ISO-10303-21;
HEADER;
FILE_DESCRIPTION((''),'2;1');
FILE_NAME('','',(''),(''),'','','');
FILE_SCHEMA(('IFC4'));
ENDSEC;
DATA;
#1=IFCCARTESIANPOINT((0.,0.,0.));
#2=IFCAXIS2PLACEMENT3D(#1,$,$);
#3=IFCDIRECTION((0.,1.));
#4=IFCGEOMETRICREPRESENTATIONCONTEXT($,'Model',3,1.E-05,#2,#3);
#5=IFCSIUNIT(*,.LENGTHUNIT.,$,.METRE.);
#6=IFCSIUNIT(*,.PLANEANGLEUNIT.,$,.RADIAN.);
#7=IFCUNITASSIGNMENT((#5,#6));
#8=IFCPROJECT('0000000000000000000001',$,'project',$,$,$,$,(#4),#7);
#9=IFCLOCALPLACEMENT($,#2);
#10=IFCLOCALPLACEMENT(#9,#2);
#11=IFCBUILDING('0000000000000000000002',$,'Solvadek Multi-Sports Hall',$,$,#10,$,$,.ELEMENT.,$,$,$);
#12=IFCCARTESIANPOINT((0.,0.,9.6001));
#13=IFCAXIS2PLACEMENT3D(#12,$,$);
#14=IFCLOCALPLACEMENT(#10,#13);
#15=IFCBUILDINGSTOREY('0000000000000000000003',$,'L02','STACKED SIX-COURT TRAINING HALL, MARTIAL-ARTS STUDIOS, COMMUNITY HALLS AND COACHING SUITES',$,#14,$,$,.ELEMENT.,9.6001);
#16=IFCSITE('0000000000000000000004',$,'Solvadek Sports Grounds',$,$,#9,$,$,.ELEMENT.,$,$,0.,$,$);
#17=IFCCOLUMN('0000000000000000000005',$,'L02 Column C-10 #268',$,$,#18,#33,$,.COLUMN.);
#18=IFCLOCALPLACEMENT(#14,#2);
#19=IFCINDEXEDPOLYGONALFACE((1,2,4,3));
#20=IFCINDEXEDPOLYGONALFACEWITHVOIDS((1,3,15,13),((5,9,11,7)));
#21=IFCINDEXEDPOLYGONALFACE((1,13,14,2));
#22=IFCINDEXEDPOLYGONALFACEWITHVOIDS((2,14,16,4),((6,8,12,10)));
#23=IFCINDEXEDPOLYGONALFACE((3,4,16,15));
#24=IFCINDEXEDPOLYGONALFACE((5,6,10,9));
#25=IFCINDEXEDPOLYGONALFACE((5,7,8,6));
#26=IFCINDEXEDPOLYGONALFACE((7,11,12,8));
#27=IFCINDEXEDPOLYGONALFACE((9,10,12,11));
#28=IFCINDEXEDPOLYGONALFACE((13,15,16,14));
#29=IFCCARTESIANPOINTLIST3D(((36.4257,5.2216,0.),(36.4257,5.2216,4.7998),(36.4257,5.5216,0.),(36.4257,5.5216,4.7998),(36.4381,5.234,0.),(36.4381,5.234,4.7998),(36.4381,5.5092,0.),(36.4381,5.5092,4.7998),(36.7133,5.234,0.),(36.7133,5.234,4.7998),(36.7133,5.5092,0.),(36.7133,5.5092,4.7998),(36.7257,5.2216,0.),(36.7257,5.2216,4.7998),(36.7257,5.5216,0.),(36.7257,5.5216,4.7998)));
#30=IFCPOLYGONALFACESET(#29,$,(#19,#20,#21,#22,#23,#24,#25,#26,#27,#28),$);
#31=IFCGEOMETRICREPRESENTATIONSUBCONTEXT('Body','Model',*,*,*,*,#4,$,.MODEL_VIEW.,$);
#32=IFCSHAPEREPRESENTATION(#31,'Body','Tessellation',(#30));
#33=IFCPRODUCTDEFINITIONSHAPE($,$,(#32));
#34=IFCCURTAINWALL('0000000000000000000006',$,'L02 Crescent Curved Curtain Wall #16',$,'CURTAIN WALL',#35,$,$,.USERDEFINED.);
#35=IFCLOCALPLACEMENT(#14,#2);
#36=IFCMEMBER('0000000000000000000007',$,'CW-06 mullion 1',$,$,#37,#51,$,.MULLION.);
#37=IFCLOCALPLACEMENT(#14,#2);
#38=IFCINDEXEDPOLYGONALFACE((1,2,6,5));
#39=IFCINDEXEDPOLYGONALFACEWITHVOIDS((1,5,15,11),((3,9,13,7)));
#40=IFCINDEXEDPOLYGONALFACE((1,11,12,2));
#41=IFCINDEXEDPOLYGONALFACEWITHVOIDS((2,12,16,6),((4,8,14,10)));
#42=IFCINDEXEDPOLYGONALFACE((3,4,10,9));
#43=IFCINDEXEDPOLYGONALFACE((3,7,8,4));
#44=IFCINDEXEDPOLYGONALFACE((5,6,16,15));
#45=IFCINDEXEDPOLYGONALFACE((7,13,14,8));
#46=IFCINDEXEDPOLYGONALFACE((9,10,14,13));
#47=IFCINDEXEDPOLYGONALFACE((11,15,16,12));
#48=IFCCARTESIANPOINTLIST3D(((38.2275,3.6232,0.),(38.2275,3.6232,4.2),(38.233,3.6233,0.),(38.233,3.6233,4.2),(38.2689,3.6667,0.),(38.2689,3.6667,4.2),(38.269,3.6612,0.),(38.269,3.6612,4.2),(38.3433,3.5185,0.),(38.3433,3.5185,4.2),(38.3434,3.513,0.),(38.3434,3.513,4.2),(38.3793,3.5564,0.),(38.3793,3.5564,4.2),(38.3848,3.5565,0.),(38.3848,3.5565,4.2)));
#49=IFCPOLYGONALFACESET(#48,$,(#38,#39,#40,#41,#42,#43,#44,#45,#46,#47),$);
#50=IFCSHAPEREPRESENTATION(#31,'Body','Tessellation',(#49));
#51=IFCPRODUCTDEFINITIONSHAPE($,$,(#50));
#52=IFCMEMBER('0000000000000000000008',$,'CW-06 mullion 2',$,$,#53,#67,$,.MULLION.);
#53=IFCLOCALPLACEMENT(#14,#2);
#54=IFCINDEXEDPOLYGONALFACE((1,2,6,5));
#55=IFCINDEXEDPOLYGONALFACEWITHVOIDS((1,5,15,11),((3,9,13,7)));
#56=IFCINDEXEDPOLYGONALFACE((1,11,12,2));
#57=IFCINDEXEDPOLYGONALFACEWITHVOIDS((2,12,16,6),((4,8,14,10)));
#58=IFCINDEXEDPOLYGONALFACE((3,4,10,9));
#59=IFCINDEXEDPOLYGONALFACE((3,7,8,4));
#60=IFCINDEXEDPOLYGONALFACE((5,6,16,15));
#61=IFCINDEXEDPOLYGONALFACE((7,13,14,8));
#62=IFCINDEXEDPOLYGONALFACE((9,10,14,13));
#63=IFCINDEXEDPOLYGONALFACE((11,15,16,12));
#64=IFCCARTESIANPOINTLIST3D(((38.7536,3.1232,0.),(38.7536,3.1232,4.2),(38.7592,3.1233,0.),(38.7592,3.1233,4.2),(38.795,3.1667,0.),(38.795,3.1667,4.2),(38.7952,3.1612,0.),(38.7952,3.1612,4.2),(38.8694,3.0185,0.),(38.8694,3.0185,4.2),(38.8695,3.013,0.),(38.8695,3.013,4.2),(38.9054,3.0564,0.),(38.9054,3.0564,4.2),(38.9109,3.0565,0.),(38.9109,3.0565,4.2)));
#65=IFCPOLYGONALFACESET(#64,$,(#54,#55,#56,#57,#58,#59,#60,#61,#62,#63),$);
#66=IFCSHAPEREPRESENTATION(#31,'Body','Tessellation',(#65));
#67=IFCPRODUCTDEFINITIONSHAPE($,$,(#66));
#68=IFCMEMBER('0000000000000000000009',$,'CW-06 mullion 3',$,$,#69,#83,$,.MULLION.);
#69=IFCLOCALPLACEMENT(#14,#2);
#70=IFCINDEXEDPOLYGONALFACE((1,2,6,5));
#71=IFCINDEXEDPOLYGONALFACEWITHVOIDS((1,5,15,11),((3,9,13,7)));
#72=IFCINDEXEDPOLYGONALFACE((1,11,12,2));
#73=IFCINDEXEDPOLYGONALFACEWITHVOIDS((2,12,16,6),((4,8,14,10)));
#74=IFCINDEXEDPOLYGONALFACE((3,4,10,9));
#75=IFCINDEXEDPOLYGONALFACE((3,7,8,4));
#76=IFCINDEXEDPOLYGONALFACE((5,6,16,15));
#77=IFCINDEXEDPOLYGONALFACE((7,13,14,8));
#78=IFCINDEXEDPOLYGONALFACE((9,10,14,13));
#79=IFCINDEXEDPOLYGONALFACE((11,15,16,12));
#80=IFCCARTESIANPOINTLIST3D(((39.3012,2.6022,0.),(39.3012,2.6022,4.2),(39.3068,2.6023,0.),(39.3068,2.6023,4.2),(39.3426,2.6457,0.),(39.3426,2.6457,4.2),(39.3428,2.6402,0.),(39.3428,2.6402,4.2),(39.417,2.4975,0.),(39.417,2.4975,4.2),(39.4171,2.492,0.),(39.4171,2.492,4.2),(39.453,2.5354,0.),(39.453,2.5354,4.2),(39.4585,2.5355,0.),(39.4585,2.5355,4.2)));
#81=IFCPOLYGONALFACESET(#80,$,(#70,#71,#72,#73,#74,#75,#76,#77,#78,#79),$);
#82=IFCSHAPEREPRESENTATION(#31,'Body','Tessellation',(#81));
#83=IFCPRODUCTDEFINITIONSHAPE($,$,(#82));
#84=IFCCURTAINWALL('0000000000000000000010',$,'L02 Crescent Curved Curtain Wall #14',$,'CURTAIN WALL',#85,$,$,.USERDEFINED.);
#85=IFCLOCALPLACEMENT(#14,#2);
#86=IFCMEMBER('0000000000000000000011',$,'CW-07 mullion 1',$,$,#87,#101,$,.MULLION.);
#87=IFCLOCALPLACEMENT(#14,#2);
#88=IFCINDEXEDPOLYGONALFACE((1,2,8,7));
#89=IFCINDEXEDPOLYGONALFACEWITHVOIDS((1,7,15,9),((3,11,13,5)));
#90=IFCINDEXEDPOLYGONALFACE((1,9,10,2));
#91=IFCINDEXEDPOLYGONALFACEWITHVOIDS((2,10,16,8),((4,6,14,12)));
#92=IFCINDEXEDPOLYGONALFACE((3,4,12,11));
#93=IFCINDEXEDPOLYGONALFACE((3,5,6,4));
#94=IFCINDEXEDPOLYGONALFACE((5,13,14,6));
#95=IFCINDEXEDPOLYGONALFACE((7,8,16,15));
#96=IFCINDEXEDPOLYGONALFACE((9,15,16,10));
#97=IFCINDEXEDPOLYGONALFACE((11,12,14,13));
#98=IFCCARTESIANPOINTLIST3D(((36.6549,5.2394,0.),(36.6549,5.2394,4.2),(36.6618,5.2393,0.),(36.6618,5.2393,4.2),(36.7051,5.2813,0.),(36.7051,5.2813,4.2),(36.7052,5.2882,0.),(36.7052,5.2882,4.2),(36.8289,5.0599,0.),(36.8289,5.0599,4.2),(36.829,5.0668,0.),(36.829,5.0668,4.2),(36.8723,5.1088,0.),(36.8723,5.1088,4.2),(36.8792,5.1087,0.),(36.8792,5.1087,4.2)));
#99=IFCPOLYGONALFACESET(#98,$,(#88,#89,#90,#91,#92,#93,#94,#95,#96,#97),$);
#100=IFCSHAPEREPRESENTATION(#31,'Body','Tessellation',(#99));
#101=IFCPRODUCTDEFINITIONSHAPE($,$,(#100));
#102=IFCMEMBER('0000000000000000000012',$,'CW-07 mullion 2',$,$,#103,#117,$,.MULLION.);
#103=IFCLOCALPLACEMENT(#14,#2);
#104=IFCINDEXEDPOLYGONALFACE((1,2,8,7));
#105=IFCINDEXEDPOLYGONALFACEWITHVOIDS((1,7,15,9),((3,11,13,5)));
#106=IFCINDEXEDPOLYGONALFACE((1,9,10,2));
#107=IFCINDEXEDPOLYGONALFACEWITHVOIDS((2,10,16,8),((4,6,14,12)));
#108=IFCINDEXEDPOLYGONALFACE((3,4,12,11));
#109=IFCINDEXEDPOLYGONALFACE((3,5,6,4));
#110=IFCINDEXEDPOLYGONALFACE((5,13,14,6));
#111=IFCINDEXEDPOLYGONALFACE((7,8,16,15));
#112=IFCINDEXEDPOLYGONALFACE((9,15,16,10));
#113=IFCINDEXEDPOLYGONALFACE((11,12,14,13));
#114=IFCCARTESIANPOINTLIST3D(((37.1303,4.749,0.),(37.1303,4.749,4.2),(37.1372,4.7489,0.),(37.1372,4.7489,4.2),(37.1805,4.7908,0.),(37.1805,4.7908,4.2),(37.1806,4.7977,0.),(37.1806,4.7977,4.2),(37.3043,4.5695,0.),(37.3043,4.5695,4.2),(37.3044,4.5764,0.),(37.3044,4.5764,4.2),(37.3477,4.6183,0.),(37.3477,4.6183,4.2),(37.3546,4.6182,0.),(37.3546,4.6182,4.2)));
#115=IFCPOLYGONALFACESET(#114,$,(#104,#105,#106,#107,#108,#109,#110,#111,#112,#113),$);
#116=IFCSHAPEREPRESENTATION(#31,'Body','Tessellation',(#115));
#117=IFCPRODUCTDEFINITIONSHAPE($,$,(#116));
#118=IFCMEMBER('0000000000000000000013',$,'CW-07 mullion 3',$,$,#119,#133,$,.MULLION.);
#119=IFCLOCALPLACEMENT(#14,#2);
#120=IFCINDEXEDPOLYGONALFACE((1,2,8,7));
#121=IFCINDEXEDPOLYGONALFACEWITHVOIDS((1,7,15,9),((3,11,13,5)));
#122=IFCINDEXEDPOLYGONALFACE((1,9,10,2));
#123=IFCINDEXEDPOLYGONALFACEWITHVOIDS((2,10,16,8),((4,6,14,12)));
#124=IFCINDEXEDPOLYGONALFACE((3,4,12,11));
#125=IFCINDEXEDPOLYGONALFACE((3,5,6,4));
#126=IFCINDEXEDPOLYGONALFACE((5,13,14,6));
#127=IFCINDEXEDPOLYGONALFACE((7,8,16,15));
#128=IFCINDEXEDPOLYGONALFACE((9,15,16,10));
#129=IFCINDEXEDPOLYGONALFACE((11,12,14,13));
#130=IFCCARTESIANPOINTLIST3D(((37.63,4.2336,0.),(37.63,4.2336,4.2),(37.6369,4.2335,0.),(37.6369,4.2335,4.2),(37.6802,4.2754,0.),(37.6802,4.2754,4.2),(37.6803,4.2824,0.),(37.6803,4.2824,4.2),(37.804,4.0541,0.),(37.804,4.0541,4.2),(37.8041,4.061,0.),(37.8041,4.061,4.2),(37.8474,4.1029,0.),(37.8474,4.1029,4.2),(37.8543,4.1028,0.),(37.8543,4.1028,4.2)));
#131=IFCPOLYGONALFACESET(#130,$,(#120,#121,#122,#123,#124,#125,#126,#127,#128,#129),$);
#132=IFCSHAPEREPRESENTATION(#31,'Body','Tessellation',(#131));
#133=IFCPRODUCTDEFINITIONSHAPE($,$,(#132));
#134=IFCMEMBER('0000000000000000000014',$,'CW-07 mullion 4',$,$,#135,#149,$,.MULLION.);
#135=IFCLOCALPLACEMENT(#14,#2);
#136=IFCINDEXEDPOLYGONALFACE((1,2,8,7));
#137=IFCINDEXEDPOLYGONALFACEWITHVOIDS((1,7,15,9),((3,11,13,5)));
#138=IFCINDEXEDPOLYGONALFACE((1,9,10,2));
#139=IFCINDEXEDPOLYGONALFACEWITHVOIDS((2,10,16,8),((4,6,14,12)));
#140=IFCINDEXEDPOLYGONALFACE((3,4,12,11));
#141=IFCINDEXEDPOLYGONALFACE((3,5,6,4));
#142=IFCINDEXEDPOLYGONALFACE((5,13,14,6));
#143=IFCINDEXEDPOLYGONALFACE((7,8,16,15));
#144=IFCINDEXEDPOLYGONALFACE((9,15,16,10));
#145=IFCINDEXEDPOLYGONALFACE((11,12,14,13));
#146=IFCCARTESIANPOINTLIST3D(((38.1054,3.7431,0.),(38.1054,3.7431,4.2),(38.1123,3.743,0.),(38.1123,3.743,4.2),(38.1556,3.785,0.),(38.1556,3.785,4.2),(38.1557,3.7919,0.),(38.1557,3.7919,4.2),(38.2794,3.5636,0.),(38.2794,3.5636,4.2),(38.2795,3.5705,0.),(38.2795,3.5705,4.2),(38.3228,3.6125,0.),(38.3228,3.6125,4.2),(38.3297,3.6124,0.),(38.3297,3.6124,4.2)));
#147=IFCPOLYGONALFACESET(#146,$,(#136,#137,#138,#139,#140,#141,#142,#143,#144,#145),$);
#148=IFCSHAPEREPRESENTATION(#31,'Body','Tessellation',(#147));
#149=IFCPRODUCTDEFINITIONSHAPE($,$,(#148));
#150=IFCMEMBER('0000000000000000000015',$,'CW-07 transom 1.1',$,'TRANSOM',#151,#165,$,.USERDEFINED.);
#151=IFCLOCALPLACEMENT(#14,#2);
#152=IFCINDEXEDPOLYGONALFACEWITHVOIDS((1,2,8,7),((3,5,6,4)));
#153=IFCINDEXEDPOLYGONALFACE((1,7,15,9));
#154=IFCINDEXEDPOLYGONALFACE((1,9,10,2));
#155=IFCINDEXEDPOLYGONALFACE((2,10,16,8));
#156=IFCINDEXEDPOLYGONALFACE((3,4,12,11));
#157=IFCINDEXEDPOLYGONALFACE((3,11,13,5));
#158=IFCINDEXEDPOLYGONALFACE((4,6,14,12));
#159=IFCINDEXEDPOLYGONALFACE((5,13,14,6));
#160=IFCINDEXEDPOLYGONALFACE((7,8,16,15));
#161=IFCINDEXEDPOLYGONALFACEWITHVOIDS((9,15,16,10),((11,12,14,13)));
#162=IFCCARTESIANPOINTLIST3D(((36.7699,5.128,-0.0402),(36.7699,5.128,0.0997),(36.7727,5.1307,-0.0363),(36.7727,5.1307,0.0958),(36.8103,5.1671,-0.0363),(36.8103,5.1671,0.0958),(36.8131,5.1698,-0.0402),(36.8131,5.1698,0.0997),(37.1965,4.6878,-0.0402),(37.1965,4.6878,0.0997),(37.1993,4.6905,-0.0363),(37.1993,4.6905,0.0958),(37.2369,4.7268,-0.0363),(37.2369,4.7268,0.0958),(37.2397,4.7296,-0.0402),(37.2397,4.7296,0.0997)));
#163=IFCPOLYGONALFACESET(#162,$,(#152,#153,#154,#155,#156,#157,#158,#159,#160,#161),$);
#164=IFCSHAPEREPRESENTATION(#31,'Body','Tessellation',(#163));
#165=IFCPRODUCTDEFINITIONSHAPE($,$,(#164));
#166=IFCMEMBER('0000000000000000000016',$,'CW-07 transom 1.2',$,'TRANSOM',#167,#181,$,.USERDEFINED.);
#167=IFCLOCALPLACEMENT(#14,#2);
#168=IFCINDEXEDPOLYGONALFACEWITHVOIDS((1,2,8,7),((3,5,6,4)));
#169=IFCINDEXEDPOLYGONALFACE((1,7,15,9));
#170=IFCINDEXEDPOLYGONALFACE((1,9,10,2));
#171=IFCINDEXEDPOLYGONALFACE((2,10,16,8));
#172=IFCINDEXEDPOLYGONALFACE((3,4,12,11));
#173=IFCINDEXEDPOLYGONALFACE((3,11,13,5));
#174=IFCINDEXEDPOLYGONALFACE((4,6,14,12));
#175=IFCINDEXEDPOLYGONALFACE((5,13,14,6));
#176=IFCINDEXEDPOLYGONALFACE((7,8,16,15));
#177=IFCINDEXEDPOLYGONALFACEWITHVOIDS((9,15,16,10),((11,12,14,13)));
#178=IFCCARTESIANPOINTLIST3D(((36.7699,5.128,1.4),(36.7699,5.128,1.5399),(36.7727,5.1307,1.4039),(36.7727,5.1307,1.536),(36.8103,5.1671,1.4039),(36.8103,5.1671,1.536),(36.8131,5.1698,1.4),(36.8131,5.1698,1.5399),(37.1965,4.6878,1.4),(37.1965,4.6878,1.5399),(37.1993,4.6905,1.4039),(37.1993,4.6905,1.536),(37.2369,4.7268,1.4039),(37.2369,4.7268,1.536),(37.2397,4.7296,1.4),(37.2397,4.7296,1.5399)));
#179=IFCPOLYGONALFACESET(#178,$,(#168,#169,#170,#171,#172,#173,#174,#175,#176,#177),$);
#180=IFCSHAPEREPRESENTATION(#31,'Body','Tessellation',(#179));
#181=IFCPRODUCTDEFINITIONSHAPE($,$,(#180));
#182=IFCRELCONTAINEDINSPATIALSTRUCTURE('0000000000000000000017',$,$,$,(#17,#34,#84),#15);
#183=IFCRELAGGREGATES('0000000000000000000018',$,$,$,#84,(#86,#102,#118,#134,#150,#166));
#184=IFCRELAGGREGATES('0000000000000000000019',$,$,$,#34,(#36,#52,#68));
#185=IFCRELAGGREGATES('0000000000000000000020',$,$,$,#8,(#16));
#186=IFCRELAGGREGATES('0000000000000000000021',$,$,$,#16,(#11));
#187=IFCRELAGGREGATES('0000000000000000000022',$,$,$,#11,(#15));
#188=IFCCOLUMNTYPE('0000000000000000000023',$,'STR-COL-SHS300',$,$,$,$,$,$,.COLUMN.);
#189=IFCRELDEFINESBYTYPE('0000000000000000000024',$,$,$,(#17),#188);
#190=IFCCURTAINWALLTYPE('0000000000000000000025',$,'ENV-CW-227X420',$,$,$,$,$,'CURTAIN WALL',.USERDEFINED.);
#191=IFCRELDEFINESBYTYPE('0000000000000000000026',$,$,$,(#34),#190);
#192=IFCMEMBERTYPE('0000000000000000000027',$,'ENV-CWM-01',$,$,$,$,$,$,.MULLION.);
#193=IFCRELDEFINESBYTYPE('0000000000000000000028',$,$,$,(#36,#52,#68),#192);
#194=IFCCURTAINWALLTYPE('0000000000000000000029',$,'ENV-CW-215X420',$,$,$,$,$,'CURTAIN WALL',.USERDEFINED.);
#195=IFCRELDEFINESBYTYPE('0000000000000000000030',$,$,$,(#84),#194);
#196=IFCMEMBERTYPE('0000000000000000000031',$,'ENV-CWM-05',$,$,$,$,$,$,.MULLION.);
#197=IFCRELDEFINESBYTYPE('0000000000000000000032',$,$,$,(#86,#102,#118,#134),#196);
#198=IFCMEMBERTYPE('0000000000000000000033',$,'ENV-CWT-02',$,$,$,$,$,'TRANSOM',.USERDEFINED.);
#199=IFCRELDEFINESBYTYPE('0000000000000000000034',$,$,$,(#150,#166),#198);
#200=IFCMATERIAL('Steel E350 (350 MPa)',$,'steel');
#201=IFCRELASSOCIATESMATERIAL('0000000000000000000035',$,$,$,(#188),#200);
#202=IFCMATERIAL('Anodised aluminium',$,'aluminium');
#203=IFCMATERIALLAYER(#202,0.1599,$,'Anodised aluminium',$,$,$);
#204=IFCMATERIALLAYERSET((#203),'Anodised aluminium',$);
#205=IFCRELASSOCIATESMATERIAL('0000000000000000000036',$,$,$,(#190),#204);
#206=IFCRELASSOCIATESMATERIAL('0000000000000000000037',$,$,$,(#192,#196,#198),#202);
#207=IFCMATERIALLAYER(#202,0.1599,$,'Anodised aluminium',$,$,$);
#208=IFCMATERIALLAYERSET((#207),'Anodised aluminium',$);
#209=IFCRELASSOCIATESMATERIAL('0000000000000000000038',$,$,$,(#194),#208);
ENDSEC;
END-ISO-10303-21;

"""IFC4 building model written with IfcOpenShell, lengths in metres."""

from ifc_helpers import new_model, si_unit, direction, frame, origin, origin_2d, place, context, subcontext, project, spatial, hollow_rectangle, extrude, material, layer, layer_set, material_profile, profile_set, type_object, element, aggregate, save


model = new_model("IFC4")

# Units and contexts
model_context = context("Model", 3, precision=1e-05, world=origin(), true_north=direction((0.0, 1.0)))
body_context = subcontext(model_context, "Body", "Model", "MODEL_VIEW")
ifc_project = project(units=[si_unit("LENGTHUNIT", "METRE"), si_unit("PLANEANGLEUNIT", "RADIAN")], contexts=[model_context])

# Site, building, storey
site_placement = place(None, origin())
site = spatial("IfcSite", under=ifc_project, at=site_placement, Name="Solvadek Sports Grounds", CompositionType="ELEMENT", RefElevation=0.0)
building_placement = place(site_placement, origin())
building = spatial("IfcBuilding", under=site, at=building_placement, Name="Solvadek Multi-Sports Hall", CompositionType="ELEMENT")
storey_placement = place(building_placement, frame((0.0, 0.0, 9.6001)))
storey = spatial("IfcBuildingStorey", under=building, at=storey_placement, Name="L02", Description="STACKED SIX-COURT TRAINING HALL, MARTIAL-ARTS STUDIOS, COMMUNITY HALLS AND COACHING SUITES", CompositionType="ELEMENT", Elevation=9.6001)

# Column
ifc_material_1 = material(Name="Steel E350 (350 MPa)", Category="steel")
ifc_material_profile_1 = material_profile(ifc_material_1, hollow_rectangle(XDim=0.3, YDim=0.3, WallThickness=0.0125, at=origin_2d()), Name="SHS 300x300x12.5")
ifc_profile_set_1 = profile_set([ifc_material_profile_1], Name="Steel E350 (350 MPa)")
column_type = type_object("IfcColumnType", Name="STR-COL-SHS300", PredefinedType="COLUMN", material=ifc_profile_set_1)
column_placement = place(storey_placement, frame((36.5757, 5.3716, 0.0), z_axis=(0.0, 0.0, 1.0), x_axis=(1.0, 0.0, 0.0)))
element("IfcColumn", 1, at=column_placement, inside=storey, type_object=column_type, Name="L02 Column C-10 #268", PredefinedType="COLUMN", context=body_context, shape_type="SweptSolid", body=[
    extrude(hollow_rectangle(XDim=0.3, YDim=0.3, WallThickness=0.0125, at=origin_2d()), origin(), (0.0, 0.0, 1.0), 4.7998),
])

# Curtain walls, members
ifc_material_2 = material(Name="Anodised aluminium", Category="aluminium")
ifc_layer_1 = layer(ifc_material_2, 0.1599, Name="Anodised aluminium")
ifc_layer_set_1 = layer_set([ifc_layer_1], Name="Anodised aluminium")
curtain_wall_type_1 = type_object("IfcCurtainWallType", Name="ENV-CW-227X420", ElementType="CURTAIN WALL", PredefinedType="USERDEFINED", material=ifc_layer_set_1)
curtain_wall_1_placement = place(storey_placement, origin())
curtain_wall_1 = element("IfcCurtainWall", 2, at=curtain_wall_1_placement, inside=storey, type_object=curtain_wall_type_1, Name="L02 Crescent Curved Curtain Wall #16", ObjectType="CURTAIN WALL", PredefinedType="USERDEFINED")
ifc_material_profile_2 = material_profile(ifc_material_2, hollow_rectangle(XDim=0.0601, YDim=0.1599, WallThickness=0.0039, at=origin_2d()), Name="ALU-M 160x60x4")
ifc_profile_set_2 = profile_set([ifc_material_profile_2], Name="Anodised aluminium")
member_type_1 = type_object("IfcMemberType", Name="ENV-CWM-01", PredefinedType="MULLION", material=ifc_profile_set_2)
member_1_placement = place(storey_placement, frame((38.3062, 3.5898, 0.0), z_axis=(0.0, 0.0, 1.0), x_axis=(0.688997, 0.724764, 0.0)))
member_1 = element("IfcMember", 3, at=member_1_placement, type_object=member_type_1, Name="CW-06 mullion 1", PredefinedType="MULLION", context=body_context, shape_type="SweptSolid", body=[
    extrude(hollow_rectangle(XDim=0.0601, YDim=0.1599, WallThickness=0.0039, at=origin_2d()), origin(), (0.0, 0.0, 1.0), 4.2),
])
member_2_placement = place(storey_placement, frame((38.8323, 3.0898, 0.0), z_axis=(0.0, 0.0, 1.0), x_axis=(0.688997, 0.724764, 0.0)))
member_2 = element("IfcMember", 4, at=member_2_placement, type_object=member_type_1, Name="CW-06 mullion 2", PredefinedType="MULLION", context=body_context, shape_type="SweptSolid", body=[
    extrude(hollow_rectangle(XDim=0.0601, YDim=0.1599, WallThickness=0.0039, at=origin_2d()), origin(), (0.0, 0.0, 1.0), 4.2),
])
member_3_placement = place(storey_placement, frame((39.3799, 2.5688, 0.0), z_axis=(0.0, 0.0, 1.0), x_axis=(0.688997, 0.724764, 0.0)))
member_3 = element("IfcMember", 5, at=member_3_placement, type_object=member_type_1, Name="CW-06 mullion 3", PredefinedType="MULLION", context=body_context, shape_type="SweptSolid", body=[
    extrude(hollow_rectangle(XDim=0.0601, YDim=0.1599, WallThickness=0.0039, at=origin_2d()), origin(), (0.0, 0.0, 1.0), 4.2),
])
ifc_layer_2 = layer(ifc_material_2, 0.1599, Name="Anodised aluminium")
ifc_layer_set_2 = layer_set([ifc_layer_2], Name="Anodised aluminium")
curtain_wall_type_2 = type_object("IfcCurtainWallType", Name="ENV-CW-215X420", ElementType="CURTAIN WALL", PredefinedType="USERDEFINED", material=ifc_layer_set_2)
curtain_wall_2_placement = place(storey_placement, origin())
curtain_wall_2 = element("IfcCurtainWall", 6, at=curtain_wall_2_placement, inside=storey, type_object=curtain_wall_type_2, Name="L02 Crescent Curved Curtain Wall #14", ObjectType="CURTAIN WALL", PredefinedType="USERDEFINED")
ifc_material_profile_3 = material_profile(ifc_material_2, hollow_rectangle(XDim=0.0701, YDim=0.25, WallThickness=0.0049, at=origin_2d()), Name="ALU-M 250x70x5")
ifc_profile_set_3 = profile_set([ifc_material_profile_3], Name="Anodised aluminium")
member_type_2 = type_object("IfcMemberType", Name="ENV-CWM-05", PredefinedType="MULLION", material=ifc_profile_set_3)
member_4_placement = place(storey_placement, frame((36.7671, 5.1741, 0.0), z_axis=(0.0, 0.0, 1.0), x_axis=(0.718048, 0.695994, 0.0)))
member_4 = element("IfcMember", 7, at=member_4_placement, type_object=member_type_2, Name="CW-07 mullion 1", PredefinedType="MULLION", context=body_context, shape_type="SweptSolid", body=[
    extrude(hollow_rectangle(XDim=0.0701, YDim=0.25, WallThickness=0.0049, at=origin_2d()), origin(), (0.0, 0.0, 1.0), 4.2),
])
member_5_placement = place(storey_placement, frame((37.2424, 4.6836, 0.0), z_axis=(0.0, 0.0, 1.0), x_axis=(0.718048, 0.695994, 0.0)))
member_5 = element("IfcMember", 8, at=member_5_placement, type_object=member_type_2, Name="CW-07 mullion 2", PredefinedType="MULLION", context=body_context, shape_type="SweptSolid", body=[
    extrude(hollow_rectangle(XDim=0.0701, YDim=0.25, WallThickness=0.0049, at=origin_2d()), origin(), (0.0, 0.0, 1.0), 4.2),
])
member_6_placement = place(storey_placement, frame((37.7422, 4.1682, 0.0), z_axis=(0.0, 0.0, 1.0), x_axis=(0.718048, 0.695994, 0.0)))
member_6 = element("IfcMember", 9, at=member_6_placement, type_object=member_type_2, Name="CW-07 mullion 3", PredefinedType="MULLION", context=body_context, shape_type="SweptSolid", body=[
    extrude(hollow_rectangle(XDim=0.0701, YDim=0.25, WallThickness=0.0049, at=origin_2d()), origin(), (0.0, 0.0, 1.0), 4.2),
])
member_7_placement = place(storey_placement, frame((38.2175, 3.6777, 0.0), z_axis=(0.0, 0.0, 1.0), x_axis=(0.718048, 0.695994, 0.0)))
member_7 = element("IfcMember", 10, at=member_7_placement, type_object=member_type_2, Name="CW-07 mullion 4", PredefinedType="MULLION", context=body_context, shape_type="SweptSolid", body=[
    extrude(hollow_rectangle(XDim=0.0701, YDim=0.25, WallThickness=0.0049, at=origin_2d()), origin(), (0.0, 0.0, 1.0), 4.2),
])
ifc_material_profile_4 = material_profile(ifc_material_2, hollow_rectangle(XDim=0.0601, YDim=0.1399, WallThickness=0.0039, at=origin_2d()), Name="ALU-T 140x60x4")
ifc_profile_set_4 = profile_set([ifc_material_profile_4], Name="Anodised aluminium")
member_type_3 = type_object("IfcMemberType", Name="ENV-CWT-02", ElementType="TRANSOM", PredefinedType="USERDEFINED", material=ifc_profile_set_4)
member_8_placement = place(storey_placement, frame((36.7915, 5.1489, 0.0298), z_axis=(0.695866, -0.718172, 0.0), x_axis=(0.718172, 0.695866, 0.0)))
member_8 = element("IfcMember", 11, at=member_8_placement, type_object=member_type_3, Name="CW-07 transom 1.1", ObjectType="TRANSOM", PredefinedType="USERDEFINED", context=body_context, shape_type="SweptSolid", body=[
    extrude(hollow_rectangle(XDim=0.0601, YDim=0.1399, WallThickness=0.0039, at=origin_2d()), origin(), (0.0, 0.0, 1.0), 0.613),
])
member_9_placement = place(storey_placement, frame((36.7915, 5.1489, 1.47), z_axis=(0.695866, -0.718172, 0.0), x_axis=(0.718172, 0.695866, 0.0)))
member_9 = element("IfcMember", 12, at=member_9_placement, type_object=member_type_3, Name="CW-07 transom 1.2", ObjectType="TRANSOM", PredefinedType="USERDEFINED", context=body_context, shape_type="SweptSolid", body=[
    extrude(hollow_rectangle(XDim=0.0601, YDim=0.1399, WallThickness=0.0039, at=origin_2d()), origin(), (0.0, 0.0, 1.0), 0.613),
])

aggregate(curtain_wall_2, [member_4, member_5, member_6, member_7, member_8, member_9])
aggregate(curtain_wall_1, [member_1, member_2, member_3])

save(model, "model.ifc")
